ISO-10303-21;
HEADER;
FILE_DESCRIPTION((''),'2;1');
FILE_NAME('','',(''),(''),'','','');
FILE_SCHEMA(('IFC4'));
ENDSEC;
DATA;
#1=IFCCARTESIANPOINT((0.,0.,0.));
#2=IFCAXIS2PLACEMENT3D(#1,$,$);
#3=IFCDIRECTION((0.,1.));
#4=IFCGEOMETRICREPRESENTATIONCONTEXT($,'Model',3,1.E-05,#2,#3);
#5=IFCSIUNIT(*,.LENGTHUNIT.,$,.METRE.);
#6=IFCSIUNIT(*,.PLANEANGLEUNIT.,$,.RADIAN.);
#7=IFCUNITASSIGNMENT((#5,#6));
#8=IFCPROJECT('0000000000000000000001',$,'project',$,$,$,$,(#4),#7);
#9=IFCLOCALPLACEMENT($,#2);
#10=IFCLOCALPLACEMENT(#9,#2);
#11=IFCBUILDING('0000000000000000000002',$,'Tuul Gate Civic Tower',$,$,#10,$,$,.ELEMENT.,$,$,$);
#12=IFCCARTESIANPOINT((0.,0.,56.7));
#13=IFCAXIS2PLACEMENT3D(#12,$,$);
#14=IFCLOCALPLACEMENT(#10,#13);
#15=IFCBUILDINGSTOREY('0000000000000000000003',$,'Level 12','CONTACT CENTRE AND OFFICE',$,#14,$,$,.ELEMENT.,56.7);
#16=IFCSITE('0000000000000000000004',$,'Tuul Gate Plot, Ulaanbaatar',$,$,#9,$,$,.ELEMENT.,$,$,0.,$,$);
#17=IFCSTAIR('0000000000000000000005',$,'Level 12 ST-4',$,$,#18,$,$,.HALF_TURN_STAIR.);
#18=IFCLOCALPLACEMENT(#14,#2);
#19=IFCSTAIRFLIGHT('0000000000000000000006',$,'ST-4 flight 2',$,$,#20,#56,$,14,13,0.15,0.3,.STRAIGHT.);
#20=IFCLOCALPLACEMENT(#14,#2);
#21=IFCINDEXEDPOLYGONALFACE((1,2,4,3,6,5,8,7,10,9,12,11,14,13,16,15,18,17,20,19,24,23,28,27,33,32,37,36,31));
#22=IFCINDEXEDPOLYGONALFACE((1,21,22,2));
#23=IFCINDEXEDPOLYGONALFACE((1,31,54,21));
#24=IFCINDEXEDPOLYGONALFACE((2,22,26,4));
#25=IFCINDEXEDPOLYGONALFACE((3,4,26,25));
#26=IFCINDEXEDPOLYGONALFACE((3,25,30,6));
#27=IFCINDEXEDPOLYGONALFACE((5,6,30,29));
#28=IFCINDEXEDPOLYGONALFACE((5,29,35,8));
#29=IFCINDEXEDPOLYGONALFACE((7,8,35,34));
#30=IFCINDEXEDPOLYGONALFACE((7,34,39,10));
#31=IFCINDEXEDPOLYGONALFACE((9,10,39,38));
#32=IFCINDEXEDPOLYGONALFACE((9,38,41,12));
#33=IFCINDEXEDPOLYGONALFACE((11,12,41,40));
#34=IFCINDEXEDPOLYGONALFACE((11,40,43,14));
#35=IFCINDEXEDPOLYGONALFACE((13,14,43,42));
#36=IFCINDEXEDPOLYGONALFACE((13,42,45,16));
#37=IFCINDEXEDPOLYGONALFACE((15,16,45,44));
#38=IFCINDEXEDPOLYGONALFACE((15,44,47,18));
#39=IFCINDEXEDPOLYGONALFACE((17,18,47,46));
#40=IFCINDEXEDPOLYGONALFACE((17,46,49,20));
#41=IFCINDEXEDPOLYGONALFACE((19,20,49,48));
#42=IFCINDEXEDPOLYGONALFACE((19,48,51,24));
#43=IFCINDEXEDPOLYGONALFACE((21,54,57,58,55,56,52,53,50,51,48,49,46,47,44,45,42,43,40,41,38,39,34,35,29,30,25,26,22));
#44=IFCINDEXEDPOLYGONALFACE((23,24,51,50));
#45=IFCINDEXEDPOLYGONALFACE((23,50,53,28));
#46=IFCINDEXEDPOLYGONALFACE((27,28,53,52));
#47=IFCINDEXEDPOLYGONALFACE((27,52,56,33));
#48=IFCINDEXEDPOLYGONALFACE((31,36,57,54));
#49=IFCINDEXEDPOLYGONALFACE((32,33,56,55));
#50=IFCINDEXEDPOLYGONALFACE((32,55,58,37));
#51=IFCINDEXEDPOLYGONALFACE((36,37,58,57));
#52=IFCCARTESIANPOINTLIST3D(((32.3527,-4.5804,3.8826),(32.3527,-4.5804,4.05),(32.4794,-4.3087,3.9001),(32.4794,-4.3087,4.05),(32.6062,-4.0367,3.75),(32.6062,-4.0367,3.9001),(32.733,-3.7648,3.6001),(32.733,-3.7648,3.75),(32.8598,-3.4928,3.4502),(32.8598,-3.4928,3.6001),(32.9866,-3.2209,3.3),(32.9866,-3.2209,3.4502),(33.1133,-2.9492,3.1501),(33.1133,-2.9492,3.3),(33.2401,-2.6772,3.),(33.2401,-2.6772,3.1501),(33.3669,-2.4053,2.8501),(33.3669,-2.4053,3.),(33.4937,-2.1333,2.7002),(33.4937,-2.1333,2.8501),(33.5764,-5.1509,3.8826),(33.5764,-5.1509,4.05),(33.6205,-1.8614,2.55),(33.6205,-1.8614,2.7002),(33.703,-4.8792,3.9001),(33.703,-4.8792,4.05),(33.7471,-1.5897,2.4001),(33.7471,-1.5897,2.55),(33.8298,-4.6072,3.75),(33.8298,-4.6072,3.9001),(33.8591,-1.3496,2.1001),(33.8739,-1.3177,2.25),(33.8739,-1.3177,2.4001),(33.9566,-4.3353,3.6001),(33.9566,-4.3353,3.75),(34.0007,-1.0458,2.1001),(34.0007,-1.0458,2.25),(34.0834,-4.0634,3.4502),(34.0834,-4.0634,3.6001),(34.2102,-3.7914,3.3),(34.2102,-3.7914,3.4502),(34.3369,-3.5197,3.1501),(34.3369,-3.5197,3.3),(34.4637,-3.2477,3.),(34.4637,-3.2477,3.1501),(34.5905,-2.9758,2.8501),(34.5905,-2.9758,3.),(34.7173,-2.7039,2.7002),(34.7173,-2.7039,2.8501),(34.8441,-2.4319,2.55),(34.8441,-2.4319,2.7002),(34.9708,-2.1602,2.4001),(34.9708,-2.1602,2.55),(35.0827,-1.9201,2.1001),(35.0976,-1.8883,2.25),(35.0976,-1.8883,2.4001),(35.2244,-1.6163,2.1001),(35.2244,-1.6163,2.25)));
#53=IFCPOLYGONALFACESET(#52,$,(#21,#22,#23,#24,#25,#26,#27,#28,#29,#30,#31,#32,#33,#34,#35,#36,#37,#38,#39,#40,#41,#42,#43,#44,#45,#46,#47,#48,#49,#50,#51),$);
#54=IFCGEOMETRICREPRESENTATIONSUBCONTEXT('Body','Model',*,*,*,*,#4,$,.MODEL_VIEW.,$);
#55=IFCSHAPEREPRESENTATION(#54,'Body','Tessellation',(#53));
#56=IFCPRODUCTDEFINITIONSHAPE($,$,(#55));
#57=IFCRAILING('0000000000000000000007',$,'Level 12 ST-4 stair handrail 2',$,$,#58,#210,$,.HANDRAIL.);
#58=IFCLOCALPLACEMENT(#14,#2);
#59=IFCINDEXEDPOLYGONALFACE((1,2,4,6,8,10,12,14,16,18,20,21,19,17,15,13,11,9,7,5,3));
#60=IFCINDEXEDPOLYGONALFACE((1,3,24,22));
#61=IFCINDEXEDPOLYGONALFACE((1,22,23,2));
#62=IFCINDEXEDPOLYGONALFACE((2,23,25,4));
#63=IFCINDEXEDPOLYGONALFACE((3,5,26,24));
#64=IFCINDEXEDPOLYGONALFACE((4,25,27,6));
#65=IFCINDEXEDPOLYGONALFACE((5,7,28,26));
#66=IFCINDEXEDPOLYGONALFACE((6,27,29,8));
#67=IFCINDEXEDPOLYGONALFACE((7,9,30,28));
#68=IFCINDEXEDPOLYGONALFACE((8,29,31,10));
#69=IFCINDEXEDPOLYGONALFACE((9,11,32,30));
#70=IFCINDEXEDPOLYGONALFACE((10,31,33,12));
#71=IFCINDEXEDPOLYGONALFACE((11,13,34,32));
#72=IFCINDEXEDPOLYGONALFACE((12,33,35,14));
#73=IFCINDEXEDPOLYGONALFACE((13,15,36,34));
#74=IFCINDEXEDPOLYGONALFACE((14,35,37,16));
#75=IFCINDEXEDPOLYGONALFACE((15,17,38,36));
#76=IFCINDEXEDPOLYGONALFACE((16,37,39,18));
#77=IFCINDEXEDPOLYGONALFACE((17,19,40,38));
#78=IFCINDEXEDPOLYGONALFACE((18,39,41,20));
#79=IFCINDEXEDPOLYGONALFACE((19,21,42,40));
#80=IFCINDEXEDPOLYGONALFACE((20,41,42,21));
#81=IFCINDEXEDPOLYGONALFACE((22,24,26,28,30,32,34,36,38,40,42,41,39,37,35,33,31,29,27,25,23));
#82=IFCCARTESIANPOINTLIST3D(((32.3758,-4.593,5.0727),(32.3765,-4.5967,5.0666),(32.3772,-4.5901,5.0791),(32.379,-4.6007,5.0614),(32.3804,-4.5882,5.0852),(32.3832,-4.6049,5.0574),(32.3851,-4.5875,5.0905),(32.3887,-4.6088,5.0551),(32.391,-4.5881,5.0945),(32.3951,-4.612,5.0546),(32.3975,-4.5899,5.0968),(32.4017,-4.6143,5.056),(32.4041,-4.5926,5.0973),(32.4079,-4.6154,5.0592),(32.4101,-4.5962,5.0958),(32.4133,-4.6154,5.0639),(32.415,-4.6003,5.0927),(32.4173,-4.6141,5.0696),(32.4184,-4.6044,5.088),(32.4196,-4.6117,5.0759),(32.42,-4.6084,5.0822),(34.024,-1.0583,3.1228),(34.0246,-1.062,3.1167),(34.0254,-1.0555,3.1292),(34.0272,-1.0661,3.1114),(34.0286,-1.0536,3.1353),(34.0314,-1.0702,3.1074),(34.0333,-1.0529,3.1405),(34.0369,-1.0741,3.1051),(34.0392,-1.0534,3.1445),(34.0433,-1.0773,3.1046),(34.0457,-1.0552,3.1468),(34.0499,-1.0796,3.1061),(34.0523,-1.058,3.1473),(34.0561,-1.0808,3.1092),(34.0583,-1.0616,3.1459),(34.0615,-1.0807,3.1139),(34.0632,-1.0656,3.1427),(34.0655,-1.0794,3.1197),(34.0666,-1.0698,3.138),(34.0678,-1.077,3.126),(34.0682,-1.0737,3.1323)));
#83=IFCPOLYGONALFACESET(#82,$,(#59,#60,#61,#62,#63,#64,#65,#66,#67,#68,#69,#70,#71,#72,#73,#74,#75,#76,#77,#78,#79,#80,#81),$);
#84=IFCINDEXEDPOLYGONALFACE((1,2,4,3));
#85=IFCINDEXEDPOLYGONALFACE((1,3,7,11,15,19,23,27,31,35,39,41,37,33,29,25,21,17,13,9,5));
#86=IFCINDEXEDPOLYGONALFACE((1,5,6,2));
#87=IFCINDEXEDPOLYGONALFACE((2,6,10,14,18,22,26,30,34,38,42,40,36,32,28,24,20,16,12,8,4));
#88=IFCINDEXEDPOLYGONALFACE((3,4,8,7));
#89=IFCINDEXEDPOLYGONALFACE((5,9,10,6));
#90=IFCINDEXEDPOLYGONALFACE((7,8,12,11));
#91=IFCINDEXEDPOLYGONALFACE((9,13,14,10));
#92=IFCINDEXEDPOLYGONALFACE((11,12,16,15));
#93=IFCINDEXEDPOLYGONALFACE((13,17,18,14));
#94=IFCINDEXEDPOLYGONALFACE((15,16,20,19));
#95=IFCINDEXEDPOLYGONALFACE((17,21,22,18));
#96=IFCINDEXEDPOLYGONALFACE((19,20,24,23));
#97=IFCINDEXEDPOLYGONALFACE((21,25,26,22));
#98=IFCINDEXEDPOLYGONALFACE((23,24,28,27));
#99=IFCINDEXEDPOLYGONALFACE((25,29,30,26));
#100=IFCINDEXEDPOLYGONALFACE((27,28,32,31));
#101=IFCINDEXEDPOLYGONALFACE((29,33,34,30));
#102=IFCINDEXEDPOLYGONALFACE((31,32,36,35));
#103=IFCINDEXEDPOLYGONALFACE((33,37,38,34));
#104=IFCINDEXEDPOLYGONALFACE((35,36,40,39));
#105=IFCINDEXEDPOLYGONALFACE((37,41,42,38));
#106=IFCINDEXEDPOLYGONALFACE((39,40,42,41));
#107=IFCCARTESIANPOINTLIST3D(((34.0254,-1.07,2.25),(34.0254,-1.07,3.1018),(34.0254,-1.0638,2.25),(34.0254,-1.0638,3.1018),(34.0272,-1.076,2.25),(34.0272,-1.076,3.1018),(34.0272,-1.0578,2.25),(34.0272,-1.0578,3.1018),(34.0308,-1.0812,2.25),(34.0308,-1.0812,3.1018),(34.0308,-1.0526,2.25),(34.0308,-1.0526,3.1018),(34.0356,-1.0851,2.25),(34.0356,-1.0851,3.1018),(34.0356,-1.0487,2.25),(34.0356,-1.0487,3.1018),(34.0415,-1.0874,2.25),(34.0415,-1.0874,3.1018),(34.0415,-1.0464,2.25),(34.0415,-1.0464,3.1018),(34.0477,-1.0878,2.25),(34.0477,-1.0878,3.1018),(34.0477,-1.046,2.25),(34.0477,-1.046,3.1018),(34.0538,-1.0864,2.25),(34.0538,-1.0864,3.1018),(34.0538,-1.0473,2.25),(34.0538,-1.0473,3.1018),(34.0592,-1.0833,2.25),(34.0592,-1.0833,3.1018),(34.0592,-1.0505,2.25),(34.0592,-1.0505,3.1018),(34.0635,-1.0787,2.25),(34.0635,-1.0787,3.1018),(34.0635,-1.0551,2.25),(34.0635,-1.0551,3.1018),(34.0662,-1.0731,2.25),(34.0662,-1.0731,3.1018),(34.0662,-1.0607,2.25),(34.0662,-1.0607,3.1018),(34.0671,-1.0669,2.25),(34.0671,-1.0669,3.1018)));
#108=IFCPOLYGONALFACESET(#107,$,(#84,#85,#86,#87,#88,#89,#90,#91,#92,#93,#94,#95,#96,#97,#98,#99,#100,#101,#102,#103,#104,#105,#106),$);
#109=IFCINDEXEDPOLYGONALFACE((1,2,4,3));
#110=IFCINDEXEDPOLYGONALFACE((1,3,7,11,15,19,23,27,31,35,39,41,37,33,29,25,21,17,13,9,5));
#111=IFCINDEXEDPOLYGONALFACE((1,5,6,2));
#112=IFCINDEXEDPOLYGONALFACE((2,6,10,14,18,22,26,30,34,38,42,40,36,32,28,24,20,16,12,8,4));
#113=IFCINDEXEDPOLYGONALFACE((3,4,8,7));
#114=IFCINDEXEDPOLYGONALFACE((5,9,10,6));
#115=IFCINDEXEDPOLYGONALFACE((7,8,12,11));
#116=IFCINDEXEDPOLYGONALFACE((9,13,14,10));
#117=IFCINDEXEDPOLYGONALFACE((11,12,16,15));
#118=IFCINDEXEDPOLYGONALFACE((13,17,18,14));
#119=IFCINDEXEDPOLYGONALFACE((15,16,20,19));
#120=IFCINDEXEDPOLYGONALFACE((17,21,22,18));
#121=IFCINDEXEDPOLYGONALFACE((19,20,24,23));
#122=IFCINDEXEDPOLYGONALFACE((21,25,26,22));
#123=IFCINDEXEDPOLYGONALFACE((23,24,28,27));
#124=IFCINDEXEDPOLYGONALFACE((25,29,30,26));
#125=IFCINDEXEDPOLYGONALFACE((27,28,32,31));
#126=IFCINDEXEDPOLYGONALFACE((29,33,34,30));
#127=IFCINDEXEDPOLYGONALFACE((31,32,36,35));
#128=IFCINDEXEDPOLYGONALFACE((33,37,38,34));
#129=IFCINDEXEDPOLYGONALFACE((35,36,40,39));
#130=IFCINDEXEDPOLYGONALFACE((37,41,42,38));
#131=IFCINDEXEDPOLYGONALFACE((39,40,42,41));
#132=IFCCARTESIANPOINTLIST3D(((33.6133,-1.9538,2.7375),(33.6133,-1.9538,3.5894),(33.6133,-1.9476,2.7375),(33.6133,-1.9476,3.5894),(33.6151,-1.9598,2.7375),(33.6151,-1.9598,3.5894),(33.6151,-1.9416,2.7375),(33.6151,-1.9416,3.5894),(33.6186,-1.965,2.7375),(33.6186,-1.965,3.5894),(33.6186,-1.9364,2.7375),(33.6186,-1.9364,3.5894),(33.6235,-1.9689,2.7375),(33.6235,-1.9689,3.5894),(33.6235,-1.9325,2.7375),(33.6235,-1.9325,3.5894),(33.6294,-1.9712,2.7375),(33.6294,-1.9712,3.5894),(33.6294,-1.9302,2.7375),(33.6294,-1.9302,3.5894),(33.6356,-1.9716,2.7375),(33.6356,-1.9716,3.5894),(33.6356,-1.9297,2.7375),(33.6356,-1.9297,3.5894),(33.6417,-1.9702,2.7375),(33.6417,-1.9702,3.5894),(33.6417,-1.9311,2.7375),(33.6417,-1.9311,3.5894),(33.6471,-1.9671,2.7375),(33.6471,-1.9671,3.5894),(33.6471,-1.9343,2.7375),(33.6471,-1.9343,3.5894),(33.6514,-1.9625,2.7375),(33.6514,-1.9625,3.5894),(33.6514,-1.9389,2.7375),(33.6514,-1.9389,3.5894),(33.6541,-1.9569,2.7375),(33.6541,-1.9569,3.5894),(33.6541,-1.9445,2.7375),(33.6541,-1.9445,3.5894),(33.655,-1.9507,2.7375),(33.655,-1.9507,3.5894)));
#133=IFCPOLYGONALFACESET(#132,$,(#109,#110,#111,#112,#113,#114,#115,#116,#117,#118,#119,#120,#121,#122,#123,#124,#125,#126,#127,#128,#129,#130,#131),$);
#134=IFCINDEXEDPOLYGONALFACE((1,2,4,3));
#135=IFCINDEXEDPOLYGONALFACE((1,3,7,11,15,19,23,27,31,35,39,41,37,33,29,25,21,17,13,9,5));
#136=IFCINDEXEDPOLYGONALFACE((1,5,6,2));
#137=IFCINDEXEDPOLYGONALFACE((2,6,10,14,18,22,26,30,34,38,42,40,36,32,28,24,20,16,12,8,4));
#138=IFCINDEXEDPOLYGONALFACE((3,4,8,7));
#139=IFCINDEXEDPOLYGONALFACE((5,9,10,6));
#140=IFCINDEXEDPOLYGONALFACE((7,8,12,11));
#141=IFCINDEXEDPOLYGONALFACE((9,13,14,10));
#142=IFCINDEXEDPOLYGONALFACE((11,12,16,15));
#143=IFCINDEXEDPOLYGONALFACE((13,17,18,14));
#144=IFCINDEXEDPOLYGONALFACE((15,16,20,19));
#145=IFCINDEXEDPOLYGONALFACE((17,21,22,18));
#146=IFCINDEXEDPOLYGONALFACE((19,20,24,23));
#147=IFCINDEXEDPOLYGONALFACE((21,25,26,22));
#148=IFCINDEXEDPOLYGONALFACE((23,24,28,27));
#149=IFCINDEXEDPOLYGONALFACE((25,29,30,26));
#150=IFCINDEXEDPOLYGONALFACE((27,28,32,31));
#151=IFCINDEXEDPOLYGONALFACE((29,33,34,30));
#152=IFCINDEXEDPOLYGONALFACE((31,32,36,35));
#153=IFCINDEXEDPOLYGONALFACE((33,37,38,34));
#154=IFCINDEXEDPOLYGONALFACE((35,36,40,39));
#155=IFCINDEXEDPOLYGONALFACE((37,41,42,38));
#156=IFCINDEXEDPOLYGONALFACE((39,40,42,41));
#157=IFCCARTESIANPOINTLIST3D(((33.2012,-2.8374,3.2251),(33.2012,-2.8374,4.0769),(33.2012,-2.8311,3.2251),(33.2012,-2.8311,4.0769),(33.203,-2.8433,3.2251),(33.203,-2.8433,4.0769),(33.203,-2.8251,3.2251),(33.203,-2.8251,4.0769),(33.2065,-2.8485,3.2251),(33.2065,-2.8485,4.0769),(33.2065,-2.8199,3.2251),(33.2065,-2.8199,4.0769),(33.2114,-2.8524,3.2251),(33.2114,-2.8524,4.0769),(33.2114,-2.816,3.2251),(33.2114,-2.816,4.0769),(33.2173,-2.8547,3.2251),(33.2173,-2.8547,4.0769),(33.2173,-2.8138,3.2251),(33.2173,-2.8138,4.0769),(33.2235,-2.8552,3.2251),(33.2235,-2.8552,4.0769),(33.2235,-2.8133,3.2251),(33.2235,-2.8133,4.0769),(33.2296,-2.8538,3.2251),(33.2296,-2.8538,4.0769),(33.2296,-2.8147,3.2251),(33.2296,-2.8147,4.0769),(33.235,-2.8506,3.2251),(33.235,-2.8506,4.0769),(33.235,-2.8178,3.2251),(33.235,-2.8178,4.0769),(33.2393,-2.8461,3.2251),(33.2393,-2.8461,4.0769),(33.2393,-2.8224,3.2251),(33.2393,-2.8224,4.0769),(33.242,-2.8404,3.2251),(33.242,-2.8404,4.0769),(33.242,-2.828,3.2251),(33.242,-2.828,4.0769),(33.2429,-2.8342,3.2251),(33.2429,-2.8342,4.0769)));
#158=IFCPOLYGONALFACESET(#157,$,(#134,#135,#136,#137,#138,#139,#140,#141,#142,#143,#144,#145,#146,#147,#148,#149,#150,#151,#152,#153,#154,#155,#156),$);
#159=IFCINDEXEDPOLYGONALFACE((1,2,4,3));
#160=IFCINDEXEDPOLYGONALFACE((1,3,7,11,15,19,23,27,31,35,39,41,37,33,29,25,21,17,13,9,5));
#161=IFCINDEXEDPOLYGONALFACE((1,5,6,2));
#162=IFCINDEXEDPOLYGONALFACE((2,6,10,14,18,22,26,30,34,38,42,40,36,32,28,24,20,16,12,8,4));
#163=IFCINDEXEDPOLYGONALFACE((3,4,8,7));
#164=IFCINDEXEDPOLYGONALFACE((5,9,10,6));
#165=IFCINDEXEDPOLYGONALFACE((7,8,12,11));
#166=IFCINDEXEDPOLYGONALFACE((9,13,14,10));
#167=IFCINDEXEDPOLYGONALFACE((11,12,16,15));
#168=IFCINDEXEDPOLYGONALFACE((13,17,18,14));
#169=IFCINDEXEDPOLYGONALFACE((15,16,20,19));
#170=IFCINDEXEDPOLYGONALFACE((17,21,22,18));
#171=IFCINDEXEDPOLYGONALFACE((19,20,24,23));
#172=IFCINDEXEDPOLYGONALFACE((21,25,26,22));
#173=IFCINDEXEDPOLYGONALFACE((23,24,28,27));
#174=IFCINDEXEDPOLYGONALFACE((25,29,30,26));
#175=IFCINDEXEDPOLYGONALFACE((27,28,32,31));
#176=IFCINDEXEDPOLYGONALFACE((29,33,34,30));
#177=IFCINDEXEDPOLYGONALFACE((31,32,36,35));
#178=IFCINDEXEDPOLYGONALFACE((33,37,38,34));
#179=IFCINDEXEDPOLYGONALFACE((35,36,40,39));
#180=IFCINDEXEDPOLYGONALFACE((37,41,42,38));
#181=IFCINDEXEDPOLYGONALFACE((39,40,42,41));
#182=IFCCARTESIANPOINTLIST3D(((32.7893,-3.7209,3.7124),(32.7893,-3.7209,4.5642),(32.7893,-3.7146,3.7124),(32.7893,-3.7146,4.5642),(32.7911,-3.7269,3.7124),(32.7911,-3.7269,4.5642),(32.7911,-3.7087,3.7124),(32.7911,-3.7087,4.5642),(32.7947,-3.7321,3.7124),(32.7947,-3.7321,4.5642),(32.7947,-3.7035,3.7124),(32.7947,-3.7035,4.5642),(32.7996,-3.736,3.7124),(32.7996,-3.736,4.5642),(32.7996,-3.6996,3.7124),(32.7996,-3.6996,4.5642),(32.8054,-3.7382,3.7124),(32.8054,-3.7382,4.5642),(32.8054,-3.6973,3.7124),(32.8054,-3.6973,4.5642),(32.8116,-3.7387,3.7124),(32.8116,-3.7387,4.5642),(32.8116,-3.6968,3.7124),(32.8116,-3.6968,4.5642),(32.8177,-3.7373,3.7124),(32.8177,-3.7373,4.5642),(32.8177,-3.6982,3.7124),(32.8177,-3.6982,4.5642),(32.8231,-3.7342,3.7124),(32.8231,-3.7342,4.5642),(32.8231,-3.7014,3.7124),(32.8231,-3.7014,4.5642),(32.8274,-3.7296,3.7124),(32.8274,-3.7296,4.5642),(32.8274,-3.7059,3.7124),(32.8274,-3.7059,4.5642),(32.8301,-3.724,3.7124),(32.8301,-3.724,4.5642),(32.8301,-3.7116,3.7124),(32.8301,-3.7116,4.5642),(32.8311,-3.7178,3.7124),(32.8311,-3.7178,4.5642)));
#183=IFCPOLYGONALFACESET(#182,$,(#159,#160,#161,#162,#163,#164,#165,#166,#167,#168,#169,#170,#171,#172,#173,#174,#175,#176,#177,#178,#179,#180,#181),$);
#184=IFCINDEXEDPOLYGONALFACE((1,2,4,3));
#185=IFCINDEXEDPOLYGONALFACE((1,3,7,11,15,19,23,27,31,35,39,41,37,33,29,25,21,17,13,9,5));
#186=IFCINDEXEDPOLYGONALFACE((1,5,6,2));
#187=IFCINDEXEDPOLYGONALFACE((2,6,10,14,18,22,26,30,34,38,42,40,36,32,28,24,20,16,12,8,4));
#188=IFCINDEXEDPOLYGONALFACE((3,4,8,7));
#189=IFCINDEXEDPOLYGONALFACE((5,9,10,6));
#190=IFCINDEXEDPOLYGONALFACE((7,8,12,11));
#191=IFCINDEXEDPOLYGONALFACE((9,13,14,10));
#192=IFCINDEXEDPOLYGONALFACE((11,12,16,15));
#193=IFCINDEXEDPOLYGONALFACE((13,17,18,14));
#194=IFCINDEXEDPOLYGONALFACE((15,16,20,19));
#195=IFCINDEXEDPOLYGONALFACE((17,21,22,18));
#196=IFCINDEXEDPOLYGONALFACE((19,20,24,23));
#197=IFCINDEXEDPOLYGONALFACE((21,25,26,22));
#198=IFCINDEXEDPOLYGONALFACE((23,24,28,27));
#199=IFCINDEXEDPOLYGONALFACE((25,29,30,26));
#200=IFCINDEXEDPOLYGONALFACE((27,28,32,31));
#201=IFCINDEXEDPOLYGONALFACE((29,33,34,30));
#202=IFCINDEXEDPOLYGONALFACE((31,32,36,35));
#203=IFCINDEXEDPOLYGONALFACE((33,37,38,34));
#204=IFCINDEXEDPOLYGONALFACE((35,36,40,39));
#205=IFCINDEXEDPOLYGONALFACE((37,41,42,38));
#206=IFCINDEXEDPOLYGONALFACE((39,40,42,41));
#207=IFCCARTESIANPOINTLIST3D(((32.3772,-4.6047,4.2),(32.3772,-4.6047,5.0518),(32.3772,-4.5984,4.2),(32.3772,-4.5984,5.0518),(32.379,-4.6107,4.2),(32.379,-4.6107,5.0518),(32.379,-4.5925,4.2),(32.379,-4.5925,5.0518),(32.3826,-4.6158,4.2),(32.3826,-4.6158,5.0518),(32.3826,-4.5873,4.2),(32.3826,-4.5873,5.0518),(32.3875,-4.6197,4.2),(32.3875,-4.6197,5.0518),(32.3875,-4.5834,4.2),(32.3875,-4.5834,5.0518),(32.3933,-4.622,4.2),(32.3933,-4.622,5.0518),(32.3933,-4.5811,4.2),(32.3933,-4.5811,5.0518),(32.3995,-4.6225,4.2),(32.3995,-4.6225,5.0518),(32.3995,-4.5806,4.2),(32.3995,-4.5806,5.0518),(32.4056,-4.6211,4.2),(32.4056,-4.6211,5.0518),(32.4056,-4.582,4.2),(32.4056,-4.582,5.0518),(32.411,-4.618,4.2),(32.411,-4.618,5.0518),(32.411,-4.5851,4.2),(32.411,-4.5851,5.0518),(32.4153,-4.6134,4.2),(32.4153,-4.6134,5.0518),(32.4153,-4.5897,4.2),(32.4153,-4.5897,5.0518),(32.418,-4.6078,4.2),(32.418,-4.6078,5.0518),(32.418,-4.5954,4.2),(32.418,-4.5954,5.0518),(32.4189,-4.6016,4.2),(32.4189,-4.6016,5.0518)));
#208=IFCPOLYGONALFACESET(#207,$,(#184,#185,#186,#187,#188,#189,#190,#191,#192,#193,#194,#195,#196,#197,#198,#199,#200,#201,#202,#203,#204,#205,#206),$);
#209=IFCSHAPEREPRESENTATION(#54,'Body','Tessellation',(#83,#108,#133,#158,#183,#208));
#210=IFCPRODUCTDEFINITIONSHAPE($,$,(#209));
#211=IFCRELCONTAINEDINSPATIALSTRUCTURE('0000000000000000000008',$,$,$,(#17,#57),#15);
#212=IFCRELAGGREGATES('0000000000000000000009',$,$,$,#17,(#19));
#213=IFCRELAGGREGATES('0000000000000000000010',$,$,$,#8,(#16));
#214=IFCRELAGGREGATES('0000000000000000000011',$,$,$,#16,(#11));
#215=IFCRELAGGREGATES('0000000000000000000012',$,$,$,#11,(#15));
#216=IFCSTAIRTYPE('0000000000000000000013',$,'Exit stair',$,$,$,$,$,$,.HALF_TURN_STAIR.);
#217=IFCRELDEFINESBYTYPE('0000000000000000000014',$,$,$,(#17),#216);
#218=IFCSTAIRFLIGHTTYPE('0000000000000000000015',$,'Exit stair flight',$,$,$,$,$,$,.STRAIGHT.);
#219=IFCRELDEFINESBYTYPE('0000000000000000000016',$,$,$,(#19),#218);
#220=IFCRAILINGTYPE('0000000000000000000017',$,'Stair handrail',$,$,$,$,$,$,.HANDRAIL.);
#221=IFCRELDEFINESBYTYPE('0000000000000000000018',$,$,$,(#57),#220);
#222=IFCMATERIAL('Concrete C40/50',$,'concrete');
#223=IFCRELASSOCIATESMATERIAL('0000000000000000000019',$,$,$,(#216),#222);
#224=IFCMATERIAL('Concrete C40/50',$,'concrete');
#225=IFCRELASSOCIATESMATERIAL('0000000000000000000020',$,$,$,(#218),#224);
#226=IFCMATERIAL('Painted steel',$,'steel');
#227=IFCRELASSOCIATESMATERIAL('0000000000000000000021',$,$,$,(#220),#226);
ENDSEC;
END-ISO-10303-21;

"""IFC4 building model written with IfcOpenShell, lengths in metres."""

from ifc_helpers import new_model, si_unit, direction, frame, origin, origin_2d, place, context, subcontext, project, spatial, polyline, circle, outline, extrude, material, type_object, element, aggregate, save


model = new_model("IFC4")

# Units and contexts
model_context = context("Model", 3, precision=1e-05, world=origin(), true_north=direction((0.0, 1.0)))
body_context = subcontext(model_context, "Body", "Model", "MODEL_VIEW")
ifc_project = project(units=[si_unit("LENGTHUNIT", "METRE"), si_unit("PLANEANGLEUNIT", "RADIAN")], contexts=[model_context])

# Site, building, storey
site_placement = place(None, origin())
site = spatial("IfcSite", under=ifc_project, at=site_placement, Name="Tuul Gate Plot, Ulaanbaatar", CompositionType="ELEMENT", RefElevation=0.0)
building_placement = place(site_placement, origin())
building = spatial("IfcBuilding", under=site, at=building_placement, Name="Tuul Gate Civic Tower", CompositionType="ELEMENT")
storey_placement = place(building_placement, frame((0.0, 0.0, 56.7)))
storey = spatial("IfcBuildingStorey", under=building, at=storey_placement, Name="Level 12", Description="CONTACT CENTRE AND OFFICE", CompositionType="ELEMENT", Elevation=56.7)

# Stair, stair flight
ifc_material_1 = material(Name="Concrete C40/50", Category="concrete")
stair_type = type_object("IfcStairType", Name="Exit stair", PredefinedType="HALF_TURN_STAIR", material=ifc_material_1)
stair_placement = place(storey_placement, origin())
stair = element("IfcStair", 1, at=stair_placement, inside=storey, type_object=stair_type, Name="Level 12 ST-4", PredefinedType="HALF_TURN_STAIR")
ifc_material_2 = material(Name="Concrete C40/50", Category="concrete")
stair_flight_type = type_object("IfcStairFlightType", Name="Exit stair flight", PredefinedType="STRAIGHT", material=ifc_material_2)
stair_flight_placement = place(storey_placement, frame((34.6125, -1.3311, 2.1001), z_axis=(0.0, 0.0, 1.0), x_axis=(-0.422576, -0.906327, 0.0)))
stair_flight = element("IfcStairFlight", 2, at=stair_flight_placement, type_object=stair_flight_type, Name="ST-4 flight 2", NumberOfRisers=14, NumberOfTreads=13, PredefinedType="STRAIGHT", RiserHeight=0.15, TreadLength=0.3, context=body_context, shape_type="SweptSolid", body=[
    extrude(outline(polyline([(0.0, 0.0), (0.0, 0.1499), (0.3, 0.1499), (0.3, 0.3), (0.6001, 0.3), (0.6001, 0.45), (0.8999, 0.45), (0.8999, 0.6001), (1.2, 0.6001), (1.2, 0.75), (1.5, 0.75), (1.5, 0.8999), (1.8, 0.8999), (1.8, 1.05), (2.1001, 1.05), (2.1001, 1.2), (2.3999, 1.2), (2.3999, 1.3501), (2.7, 1.3501), (2.7, 1.5), (3.0, 1.5), (3.0, 1.6499), (3.3, 1.6499), (3.3, 1.8), (3.6001, 1.8), (3.6001, 1.95), (3.8999, 1.95), (3.8999, 2.1001), (3.8999, 1.7825), (0.3352, 0.0), (0.0, 0.0)])), frame((0.0, 0.675, 0.0), z_axis=(0.0, -1.0, 0.0), x_axis=(1.0, 0.0, 0.0)), (0.0, 0.0, 1.0), 1.3501),
])
aggregate(stair, [stair_flight])

# Railing
ifc_material_3 = material(Name="Painted steel", Category="steel")
railing_type = type_object("IfcRailingType", Name="Stair handrail", PredefinedType="HANDRAIL", material=ifc_material_3)
railing_placement = place(storey_placement, frame((34.0461, -1.0669, 2.25)))
element("IfcRailing", 3, at=railing_placement, inside=storey, type_object=railing_type, Name="Level 12 ST-4 stair handrail 2", PredefinedType="HANDRAIL", context=body_context, shape_type="SweptSolid", body=[
    extrude(circle(Radius=0.0239, at=origin_2d()), frame((0.0, 0.0, 0.876), z_axis=(-0.377995, -0.810637, 0.4472), x_axis=(0.906313, -0.422608, 0.0)), (0.0, 0.0, 1.0), 4.3604),
    extrude(circle(Radius=0.021, at=origin_2d()), origin(), (0.0, 0.0, 1.0), 0.8518),
    extrude(circle(Radius=0.021, at=origin_2d()), frame((-0.4121, -0.8838, 0.4875)), (0.0, 0.0, 1.0), 0.8518),
    extrude(circle(Radius=0.021, at=origin_2d()), frame((-0.8242, -1.7673, 0.9751)), (0.0, 0.0, 1.0), 0.8518),
    extrude(circle(Radius=0.021, at=origin_2d()), frame((-1.2361, -2.6509, 1.4624)), (0.0, 0.0, 1.0), 0.8518),
    extrude(circle(Radius=0.021, at=origin_2d()), frame((-1.6482, -3.5347, 1.95)), (0.0, 0.0, 1.0), 0.8518),
])

save(model, "model.ifc")
